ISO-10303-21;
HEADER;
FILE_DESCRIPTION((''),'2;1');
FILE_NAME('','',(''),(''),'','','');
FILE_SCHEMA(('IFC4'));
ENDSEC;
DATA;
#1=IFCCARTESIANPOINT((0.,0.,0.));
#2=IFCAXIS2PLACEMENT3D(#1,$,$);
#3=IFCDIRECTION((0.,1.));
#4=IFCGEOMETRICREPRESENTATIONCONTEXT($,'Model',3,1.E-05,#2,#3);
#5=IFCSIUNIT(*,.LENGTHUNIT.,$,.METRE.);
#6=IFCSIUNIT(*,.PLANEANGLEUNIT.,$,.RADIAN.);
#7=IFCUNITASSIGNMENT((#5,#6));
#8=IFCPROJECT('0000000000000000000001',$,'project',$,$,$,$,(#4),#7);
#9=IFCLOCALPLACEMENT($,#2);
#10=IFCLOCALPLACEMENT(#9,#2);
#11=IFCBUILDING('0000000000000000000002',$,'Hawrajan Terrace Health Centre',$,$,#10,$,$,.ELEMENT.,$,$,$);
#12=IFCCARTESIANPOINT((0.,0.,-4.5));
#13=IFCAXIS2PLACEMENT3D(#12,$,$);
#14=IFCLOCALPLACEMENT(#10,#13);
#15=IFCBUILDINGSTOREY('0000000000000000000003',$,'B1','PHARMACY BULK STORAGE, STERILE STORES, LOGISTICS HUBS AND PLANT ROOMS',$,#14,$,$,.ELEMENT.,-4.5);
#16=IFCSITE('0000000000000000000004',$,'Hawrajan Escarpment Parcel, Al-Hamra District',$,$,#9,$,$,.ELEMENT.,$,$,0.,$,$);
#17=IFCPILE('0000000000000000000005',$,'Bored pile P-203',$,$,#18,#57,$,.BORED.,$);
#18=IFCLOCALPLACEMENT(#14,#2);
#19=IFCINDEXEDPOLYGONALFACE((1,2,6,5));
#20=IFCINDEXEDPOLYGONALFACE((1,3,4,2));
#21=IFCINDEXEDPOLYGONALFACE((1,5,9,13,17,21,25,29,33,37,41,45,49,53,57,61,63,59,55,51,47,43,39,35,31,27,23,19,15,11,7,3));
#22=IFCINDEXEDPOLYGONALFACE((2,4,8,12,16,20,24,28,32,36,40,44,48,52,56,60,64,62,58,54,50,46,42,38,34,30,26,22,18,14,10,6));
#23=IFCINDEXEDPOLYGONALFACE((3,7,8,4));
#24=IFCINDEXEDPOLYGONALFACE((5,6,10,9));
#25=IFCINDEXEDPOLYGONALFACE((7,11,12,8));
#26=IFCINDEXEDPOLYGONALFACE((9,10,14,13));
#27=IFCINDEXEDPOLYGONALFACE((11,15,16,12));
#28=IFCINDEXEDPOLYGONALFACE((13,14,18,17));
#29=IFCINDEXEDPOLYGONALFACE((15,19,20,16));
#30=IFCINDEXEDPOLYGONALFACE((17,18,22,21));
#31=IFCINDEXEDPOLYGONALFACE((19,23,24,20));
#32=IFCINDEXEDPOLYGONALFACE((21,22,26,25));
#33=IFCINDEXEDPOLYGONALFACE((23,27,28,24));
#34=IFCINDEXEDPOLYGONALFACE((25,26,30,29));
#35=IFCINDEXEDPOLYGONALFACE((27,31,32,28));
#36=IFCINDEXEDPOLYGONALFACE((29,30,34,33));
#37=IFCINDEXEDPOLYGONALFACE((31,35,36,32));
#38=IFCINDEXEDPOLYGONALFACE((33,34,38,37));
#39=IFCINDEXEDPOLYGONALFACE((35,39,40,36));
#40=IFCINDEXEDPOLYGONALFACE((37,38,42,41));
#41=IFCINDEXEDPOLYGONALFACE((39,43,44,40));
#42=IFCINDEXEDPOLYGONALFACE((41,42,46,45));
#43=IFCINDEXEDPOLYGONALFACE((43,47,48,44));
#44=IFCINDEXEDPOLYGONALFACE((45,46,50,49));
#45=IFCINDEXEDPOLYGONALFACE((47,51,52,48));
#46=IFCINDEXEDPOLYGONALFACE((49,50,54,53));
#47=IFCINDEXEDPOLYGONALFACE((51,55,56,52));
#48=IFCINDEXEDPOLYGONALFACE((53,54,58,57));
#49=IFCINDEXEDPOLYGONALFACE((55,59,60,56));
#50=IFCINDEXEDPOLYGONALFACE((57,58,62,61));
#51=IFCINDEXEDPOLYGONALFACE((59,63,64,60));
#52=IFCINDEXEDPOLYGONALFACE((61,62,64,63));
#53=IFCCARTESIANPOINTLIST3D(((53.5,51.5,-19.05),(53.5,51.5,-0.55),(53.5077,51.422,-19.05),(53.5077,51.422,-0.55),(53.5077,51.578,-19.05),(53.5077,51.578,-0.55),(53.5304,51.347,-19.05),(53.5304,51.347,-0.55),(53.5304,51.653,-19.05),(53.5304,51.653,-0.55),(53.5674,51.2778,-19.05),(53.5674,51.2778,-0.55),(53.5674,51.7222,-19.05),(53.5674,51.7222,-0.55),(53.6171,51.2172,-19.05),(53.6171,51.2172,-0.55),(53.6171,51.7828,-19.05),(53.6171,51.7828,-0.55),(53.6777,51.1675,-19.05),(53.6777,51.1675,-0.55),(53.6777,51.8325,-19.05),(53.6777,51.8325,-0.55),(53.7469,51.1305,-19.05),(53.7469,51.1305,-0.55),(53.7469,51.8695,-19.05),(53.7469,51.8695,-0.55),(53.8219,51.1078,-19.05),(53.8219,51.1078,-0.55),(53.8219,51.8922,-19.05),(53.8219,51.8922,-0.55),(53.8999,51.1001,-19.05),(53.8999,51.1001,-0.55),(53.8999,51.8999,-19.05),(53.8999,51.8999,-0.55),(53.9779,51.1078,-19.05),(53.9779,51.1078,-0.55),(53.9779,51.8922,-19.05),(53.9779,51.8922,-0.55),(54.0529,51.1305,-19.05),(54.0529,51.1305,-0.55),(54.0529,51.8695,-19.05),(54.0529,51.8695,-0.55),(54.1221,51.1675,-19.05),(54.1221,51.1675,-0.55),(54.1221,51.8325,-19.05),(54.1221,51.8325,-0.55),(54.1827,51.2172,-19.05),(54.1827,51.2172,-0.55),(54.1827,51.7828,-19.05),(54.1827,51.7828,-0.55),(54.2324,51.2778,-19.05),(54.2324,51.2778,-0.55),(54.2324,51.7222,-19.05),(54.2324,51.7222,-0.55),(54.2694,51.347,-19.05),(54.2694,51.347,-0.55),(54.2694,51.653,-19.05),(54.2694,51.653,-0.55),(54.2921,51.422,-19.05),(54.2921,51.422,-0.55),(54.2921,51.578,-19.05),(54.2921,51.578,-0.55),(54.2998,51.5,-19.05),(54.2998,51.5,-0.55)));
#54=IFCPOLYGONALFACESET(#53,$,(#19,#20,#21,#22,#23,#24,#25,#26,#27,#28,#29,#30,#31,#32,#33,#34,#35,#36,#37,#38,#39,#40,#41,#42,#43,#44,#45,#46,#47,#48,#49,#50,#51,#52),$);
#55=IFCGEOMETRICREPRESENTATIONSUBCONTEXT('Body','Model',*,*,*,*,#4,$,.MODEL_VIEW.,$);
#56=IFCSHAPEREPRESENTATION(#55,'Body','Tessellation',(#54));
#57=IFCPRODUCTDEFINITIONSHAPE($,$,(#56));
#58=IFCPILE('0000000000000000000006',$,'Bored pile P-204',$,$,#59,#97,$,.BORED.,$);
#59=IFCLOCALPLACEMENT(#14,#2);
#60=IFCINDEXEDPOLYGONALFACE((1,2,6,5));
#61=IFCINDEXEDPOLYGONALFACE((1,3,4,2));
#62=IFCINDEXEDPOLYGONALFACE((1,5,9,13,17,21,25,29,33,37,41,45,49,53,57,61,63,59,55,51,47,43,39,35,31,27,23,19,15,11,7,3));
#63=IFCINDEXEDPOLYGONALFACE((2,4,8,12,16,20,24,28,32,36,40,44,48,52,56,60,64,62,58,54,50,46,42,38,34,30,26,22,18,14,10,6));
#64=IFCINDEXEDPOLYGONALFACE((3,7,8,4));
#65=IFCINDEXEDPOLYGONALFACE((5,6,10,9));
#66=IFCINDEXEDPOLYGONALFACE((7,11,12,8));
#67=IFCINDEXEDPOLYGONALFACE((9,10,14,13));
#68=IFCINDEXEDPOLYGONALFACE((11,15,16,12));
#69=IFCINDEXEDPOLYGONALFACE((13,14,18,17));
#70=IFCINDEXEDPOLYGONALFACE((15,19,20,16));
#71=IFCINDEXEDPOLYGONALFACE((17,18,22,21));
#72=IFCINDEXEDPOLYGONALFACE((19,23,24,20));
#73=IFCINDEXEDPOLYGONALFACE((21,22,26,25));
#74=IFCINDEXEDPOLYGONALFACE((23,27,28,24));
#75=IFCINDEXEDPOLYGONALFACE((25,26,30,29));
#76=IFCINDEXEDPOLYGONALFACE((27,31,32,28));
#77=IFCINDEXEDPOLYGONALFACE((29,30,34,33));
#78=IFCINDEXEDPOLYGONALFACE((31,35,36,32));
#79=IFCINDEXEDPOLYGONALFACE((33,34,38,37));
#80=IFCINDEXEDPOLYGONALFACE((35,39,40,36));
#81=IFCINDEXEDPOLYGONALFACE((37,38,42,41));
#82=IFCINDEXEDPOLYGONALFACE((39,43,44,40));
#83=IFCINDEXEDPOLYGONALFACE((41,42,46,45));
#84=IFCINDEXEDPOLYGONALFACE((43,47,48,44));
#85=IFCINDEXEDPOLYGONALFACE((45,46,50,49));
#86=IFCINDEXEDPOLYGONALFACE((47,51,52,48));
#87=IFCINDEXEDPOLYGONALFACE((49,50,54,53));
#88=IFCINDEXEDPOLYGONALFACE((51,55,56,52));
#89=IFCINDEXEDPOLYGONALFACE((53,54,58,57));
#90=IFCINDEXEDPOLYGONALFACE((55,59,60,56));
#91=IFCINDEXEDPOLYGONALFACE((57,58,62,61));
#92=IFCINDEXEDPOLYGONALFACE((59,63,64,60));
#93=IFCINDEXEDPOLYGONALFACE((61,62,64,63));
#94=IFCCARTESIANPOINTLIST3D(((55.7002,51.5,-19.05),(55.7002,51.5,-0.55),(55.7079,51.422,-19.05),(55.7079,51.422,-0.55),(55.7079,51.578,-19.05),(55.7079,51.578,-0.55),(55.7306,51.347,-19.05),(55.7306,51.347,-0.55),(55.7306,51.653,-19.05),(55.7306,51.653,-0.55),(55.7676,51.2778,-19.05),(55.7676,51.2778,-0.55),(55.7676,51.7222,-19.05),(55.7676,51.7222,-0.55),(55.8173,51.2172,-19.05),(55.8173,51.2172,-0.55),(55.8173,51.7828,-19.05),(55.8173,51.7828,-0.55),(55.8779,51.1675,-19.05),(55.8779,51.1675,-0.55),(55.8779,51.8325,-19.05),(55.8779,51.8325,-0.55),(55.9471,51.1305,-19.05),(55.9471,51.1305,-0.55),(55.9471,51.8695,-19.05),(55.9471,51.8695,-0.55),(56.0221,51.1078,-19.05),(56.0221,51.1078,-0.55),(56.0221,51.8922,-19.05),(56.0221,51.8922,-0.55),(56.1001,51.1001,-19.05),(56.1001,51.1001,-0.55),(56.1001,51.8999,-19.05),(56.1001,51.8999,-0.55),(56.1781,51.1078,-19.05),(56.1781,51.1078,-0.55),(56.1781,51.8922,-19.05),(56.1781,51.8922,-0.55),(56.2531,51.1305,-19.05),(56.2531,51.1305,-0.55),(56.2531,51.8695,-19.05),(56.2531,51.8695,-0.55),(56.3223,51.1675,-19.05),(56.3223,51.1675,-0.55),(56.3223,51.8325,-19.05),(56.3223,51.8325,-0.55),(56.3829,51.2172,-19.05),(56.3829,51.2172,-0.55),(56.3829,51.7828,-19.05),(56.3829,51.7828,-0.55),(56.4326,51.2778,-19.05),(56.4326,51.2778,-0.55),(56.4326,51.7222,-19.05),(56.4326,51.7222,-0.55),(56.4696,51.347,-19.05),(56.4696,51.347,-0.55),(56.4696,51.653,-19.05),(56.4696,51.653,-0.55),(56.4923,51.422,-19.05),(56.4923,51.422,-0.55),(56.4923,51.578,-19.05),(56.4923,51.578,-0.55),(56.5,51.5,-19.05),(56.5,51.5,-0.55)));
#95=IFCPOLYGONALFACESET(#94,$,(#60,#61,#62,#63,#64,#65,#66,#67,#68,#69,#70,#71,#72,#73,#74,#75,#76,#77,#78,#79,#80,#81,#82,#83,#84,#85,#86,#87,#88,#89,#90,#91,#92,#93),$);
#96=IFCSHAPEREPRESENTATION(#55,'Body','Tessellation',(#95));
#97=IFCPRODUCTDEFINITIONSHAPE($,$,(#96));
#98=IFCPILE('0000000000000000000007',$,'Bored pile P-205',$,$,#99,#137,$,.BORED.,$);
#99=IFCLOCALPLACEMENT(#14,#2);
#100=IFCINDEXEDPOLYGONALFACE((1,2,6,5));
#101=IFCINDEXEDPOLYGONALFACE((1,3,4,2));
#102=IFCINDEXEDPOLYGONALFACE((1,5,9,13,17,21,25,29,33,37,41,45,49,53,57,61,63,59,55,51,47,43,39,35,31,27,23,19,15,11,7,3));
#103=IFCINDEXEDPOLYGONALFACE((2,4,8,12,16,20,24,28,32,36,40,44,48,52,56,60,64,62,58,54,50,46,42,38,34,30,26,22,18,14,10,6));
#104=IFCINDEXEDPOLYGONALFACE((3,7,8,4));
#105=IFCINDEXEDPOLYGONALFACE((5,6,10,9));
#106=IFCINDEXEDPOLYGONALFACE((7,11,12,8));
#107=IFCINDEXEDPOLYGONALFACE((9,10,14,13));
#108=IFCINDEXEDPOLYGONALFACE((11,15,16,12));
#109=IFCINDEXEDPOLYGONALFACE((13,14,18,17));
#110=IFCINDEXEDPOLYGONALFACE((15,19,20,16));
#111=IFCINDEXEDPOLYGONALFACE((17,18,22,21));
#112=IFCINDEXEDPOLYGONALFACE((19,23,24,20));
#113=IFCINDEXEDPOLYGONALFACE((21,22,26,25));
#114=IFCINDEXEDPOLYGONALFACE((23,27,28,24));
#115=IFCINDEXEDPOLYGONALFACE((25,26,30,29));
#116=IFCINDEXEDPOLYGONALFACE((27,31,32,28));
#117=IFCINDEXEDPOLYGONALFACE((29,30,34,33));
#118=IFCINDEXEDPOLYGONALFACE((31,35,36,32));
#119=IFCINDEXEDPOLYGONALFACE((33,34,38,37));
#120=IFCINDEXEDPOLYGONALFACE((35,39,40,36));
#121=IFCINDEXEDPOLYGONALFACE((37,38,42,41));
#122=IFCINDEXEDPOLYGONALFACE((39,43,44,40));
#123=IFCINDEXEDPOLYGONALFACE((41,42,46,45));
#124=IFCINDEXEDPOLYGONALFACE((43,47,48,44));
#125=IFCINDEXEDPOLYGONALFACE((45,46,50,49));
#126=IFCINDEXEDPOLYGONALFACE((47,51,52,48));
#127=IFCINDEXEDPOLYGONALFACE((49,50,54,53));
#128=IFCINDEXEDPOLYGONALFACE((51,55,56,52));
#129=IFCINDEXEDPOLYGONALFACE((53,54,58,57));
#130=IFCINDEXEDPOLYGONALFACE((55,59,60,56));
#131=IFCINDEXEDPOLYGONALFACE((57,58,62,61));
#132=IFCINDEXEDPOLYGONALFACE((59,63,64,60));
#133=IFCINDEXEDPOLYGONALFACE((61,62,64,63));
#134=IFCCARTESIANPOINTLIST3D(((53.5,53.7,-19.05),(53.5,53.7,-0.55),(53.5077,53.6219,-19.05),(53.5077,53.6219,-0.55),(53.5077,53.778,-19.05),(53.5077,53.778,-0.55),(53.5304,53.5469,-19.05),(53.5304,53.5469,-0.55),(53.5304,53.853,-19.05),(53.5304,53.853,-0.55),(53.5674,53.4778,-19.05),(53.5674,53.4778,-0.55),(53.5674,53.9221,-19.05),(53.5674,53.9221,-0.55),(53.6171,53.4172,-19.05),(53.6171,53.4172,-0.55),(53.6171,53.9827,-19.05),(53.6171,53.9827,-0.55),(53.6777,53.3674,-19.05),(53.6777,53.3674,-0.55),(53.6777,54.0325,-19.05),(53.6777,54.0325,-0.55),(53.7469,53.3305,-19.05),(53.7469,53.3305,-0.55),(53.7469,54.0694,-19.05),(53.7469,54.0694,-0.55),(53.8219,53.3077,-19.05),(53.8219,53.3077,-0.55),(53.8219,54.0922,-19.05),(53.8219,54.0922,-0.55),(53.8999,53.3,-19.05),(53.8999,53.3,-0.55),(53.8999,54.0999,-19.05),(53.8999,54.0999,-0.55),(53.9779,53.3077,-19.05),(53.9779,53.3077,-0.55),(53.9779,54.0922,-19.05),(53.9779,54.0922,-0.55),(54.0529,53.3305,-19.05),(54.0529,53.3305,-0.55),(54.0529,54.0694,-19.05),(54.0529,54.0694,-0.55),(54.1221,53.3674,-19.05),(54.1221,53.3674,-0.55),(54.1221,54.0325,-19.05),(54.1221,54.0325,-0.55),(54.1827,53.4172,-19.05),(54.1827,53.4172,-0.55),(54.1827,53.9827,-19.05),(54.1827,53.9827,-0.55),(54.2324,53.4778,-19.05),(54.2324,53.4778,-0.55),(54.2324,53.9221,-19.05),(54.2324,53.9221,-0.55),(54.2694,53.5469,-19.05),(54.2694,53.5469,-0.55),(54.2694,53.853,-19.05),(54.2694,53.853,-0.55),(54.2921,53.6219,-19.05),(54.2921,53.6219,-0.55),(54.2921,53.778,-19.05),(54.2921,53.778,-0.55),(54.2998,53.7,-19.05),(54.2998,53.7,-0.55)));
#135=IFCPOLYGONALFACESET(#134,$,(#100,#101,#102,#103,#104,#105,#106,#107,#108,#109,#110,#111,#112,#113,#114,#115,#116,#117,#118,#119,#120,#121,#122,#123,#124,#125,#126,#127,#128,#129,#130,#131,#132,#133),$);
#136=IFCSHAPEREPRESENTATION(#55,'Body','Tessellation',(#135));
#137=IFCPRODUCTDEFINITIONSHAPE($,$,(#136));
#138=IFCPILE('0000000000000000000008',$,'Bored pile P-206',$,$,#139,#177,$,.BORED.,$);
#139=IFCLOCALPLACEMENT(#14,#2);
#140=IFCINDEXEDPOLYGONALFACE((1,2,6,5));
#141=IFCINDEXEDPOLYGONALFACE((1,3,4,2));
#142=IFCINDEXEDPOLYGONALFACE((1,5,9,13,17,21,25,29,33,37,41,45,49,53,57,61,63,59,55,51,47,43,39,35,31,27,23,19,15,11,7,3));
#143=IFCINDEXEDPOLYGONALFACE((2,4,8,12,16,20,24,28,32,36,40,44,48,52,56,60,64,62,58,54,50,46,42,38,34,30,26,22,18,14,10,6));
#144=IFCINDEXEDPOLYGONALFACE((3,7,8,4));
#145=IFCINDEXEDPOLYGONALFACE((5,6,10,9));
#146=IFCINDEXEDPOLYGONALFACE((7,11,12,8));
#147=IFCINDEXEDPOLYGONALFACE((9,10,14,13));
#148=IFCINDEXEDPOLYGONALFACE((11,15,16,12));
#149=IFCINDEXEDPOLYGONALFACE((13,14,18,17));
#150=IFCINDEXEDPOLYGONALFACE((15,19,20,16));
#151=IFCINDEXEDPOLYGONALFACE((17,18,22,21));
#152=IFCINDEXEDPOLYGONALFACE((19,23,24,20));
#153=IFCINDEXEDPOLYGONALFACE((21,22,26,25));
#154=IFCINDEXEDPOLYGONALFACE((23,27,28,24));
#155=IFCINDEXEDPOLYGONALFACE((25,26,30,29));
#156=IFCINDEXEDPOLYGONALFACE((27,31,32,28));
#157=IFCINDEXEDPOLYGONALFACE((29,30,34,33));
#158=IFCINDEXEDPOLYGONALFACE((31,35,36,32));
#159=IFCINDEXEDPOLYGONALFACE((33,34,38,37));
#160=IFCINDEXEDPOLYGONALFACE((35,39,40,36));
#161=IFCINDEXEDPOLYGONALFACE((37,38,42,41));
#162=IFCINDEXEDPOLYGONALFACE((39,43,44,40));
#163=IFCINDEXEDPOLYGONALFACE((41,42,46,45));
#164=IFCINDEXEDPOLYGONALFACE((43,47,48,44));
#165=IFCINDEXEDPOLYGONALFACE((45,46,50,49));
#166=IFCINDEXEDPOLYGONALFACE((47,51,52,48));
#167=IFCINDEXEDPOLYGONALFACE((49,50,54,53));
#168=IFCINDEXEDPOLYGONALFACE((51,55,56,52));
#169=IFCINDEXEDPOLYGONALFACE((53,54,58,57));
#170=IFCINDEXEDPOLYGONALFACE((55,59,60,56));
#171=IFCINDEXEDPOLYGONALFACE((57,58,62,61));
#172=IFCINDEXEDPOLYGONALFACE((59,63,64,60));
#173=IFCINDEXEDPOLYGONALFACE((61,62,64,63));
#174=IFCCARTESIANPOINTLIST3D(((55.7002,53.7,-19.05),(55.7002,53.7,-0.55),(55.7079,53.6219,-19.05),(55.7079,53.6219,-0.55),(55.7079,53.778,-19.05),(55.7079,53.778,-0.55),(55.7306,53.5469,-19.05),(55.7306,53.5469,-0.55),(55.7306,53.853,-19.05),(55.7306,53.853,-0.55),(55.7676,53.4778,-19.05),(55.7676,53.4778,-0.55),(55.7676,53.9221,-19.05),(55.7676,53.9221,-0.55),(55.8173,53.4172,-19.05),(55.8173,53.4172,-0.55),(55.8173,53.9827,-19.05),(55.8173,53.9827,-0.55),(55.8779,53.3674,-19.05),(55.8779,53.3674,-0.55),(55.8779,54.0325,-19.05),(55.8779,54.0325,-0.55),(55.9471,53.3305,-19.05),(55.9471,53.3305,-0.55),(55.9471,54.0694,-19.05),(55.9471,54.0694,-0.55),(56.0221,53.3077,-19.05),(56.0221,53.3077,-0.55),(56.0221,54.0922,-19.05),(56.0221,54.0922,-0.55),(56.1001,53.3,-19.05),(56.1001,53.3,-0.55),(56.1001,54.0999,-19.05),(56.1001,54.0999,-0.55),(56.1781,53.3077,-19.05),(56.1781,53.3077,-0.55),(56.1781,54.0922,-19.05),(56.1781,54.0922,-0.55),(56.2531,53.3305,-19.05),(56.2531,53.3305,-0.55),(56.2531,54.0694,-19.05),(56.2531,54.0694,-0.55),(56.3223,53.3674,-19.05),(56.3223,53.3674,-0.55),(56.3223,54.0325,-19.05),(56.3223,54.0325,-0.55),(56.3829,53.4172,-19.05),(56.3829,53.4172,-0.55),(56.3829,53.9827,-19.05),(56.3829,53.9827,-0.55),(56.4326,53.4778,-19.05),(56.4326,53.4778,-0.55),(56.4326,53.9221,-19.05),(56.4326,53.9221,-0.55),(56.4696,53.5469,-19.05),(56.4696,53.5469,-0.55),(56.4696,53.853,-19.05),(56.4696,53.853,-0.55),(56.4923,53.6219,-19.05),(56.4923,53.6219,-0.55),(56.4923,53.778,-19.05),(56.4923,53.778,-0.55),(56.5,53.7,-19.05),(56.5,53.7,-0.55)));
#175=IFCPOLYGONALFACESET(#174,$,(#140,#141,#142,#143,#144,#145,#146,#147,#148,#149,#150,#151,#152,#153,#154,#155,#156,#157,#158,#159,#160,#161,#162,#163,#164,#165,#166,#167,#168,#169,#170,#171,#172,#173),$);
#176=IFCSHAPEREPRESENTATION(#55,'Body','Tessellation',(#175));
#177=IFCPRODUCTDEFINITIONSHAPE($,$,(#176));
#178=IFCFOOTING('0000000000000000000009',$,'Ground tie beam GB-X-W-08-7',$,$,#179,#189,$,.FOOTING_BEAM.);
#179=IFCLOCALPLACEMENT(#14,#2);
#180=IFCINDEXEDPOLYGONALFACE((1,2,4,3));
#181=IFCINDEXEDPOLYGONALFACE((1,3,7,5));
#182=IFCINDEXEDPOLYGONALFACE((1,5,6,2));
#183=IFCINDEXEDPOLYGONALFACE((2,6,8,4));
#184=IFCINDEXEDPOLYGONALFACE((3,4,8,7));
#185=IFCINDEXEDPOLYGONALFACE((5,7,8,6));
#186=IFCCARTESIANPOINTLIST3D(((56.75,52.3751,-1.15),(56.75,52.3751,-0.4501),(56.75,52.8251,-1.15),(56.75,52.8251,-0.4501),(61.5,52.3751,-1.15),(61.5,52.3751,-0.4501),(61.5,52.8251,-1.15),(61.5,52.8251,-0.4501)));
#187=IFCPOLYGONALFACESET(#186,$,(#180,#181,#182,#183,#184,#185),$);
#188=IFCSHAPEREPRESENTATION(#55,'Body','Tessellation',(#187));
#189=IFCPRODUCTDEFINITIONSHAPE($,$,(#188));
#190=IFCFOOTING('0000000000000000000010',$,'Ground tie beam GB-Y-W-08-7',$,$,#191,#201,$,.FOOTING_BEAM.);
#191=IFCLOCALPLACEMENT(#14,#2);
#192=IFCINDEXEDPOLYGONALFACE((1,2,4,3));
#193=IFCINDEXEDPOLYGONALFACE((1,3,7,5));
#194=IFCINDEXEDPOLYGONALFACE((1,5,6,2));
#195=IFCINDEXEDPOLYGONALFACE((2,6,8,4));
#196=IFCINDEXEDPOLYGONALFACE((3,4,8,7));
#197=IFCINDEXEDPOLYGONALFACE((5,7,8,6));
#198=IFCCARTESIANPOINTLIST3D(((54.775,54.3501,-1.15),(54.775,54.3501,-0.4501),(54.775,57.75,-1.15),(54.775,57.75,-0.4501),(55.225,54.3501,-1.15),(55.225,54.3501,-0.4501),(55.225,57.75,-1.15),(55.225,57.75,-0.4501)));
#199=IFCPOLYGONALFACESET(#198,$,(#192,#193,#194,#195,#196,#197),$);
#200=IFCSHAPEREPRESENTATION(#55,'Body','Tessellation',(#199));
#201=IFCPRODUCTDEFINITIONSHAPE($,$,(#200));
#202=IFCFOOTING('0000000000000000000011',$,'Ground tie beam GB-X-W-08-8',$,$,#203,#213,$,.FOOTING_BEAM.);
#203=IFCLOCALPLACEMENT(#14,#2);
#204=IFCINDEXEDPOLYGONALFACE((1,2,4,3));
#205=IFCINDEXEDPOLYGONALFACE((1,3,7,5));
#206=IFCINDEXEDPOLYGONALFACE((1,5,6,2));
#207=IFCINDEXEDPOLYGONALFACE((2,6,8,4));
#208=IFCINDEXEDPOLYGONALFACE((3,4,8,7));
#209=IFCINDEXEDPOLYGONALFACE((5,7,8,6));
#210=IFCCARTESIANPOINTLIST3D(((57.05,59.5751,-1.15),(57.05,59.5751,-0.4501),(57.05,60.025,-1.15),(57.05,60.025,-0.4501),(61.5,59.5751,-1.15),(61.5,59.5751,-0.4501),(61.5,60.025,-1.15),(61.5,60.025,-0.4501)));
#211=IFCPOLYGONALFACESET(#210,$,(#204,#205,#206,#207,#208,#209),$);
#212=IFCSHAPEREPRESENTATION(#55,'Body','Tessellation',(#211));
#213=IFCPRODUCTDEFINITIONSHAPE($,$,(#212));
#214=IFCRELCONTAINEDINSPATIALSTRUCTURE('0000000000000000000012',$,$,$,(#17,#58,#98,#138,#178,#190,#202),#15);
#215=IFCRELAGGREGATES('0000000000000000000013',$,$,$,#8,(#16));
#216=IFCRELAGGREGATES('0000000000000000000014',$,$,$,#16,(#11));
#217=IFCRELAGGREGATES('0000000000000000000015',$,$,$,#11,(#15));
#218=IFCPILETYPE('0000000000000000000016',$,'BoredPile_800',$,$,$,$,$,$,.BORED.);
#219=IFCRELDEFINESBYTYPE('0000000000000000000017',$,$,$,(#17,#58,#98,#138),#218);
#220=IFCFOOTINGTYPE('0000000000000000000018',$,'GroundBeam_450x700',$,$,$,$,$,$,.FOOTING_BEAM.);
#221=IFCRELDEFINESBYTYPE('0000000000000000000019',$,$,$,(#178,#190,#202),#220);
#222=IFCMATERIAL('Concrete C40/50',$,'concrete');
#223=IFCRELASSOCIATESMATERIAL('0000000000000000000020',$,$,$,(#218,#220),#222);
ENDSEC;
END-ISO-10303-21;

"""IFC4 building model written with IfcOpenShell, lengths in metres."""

from ifc_helpers import new_model, si_unit, direction, frame, origin, origin_2d, place, context, subcontext, project, spatial, rectangle, circle, extrude, material, material_profile, profile_set, type_object, element, save


model = new_model("IFC4")

# Units and contexts
model_context = context("Model", 3, precision=1e-05, world=origin(), true_north=direction((0.0, 1.0)))
body_context = subcontext(model_context, "Body", "Model", "MODEL_VIEW")
ifc_project = project(units=[si_unit("LENGTHUNIT", "METRE"), si_unit("PLANEANGLEUNIT", "RADIAN")], contexts=[model_context])

# Site, building, storey
site_placement = place(None, origin())
site = spatial("IfcSite", under=ifc_project, at=site_placement, Name="Hawrajan Escarpment Parcel, Al-Hamra District", CompositionType="ELEMENT", RefElevation=0.0)
building_placement = place(site_placement, origin())
building = spatial("IfcBuilding", under=site, at=building_placement, Name="Hawrajan Terrace Health Centre", CompositionType="ELEMENT")
storey_placement = place(building_placement, frame((0.0, 0.0, -4.5)))
storey = spatial("IfcBuildingStorey", under=building, at=storey_placement, Name="B1", Description="PHARMACY BULK STORAGE, STERILE STORES, LOGISTICS HUBS AND PLANT ROOMS", CompositionType="ELEMENT", Elevation=-4.5)

# Piles
ifc_material_1 = material(Name="Concrete C40/50", Category="concrete")
ifc_material_profile_1 = material_profile(ifc_material_1, circle(Radius=0.3999, at=origin_2d()), Name="BP 800")
ifc_profile_set_1 = profile_set([ifc_material_profile_1], Name="Concrete C40/50")
pile_type_1 = type_object("IfcPileType", Name="BoredPile_800", PredefinedType="BORED", material=ifc_profile_set_1)
for number, where, z_axis, x_axis, name in (
    (1, (53.8999, 51.5, -0.55), (0.0, 0.0, -1.0), (1.0, 0.0, 0.0), "Bored pile P-203"),
    (2, (56.1001, 51.5, -0.55), (0.0, 0.0, -1.0), (1.0, 0.0, 0.0), "Bored pile P-204"),
    (3, (53.8999, 53.7, -0.55), (0.0, 0.0, -1.0), (1.0, 0.0, 0.0), "Bored pile P-205"),
    (4, (56.1001, 53.7, -0.55), (0.0, 0.0, -1.0), (1.0, 0.0, 0.0), "Bored pile P-206"),
):
    element("IfcPile", number, at=place(storey_placement, frame(where, z_axis=z_axis, x_axis=x_axis)), inside=storey, type_object=pile_type_1, Name=name, PredefinedType="BORED", context=body_context, shape_type="SweptSolid", body=[
        extrude(circle(Radius=0.3999, at=origin_2d()), origin(), (0.0, 0.0, 1.0), 18.5),
    ])

# Footings
ifc_material_profile_2 = material_profile(ifc_material_1, rectangle(XDim=0.45, YDim=0.7, at=origin_2d()), Name="RC BM 450x700")
ifc_profile_set_2 = profile_set([ifc_material_profile_2], Name="Concrete C40/50")
footing_type_1 = type_object("IfcFootingType", Name="GroundBeam_450x700", PredefinedType="FOOTING_BEAM", material=ifc_profile_set_2)
footing_1_placement = place(storey_placement, frame((56.75, 52.6001, -0.8), z_axis=(1.0, 0.0, 0.0), x_axis=(0.0, 1.0, 0.0)))
element("IfcFooting", 5, at=footing_1_placement, inside=storey, type_object=footing_type_1, Name="Ground tie beam GB-X-W-08-7", PredefinedType="FOOTING_BEAM", context=body_context, shape_type="SweptSolid", body=[
    extrude(rectangle(XDim=0.45, YDim=0.7, at=origin_2d()), origin(), (0.0, 0.0, 1.0), 4.75),
])
footing_2_placement = place(storey_placement, frame((55.0, 54.3501, -0.8), z_axis=(0.0, 1.0, 0.0), x_axis=(-1.0, 0.0, 0.0)))
element("IfcFooting", 6, at=footing_2_placement, inside=storey, type_object=footing_type_1, Name="Ground tie beam GB-Y-W-08-7", PredefinedType="FOOTING_BEAM", context=body_context, shape_type="SweptSolid", body=[
    extrude(rectangle(XDim=0.45, YDim=0.7, at=origin_2d()), origin(), (0.0, 0.0, 1.0), 3.3999),
])
footing_3_placement = place(storey_placement, frame((57.05, 59.8, -0.8), z_axis=(1.0, 0.0, 0.0), x_axis=(0.0, 1.0, 0.0)))
element("IfcFooting", 7, at=footing_3_placement, inside=storey, type_object=footing_type_1, Name="Ground tie beam GB-X-W-08-8", PredefinedType="FOOTING_BEAM", context=body_context, shape_type="SweptSolid", body=[
    extrude(rectangle(XDim=0.45, YDim=0.7, at=origin_2d()), origin(), (0.0, 0.0, 1.0), 4.45),
])

save(model, "model.ifc")
